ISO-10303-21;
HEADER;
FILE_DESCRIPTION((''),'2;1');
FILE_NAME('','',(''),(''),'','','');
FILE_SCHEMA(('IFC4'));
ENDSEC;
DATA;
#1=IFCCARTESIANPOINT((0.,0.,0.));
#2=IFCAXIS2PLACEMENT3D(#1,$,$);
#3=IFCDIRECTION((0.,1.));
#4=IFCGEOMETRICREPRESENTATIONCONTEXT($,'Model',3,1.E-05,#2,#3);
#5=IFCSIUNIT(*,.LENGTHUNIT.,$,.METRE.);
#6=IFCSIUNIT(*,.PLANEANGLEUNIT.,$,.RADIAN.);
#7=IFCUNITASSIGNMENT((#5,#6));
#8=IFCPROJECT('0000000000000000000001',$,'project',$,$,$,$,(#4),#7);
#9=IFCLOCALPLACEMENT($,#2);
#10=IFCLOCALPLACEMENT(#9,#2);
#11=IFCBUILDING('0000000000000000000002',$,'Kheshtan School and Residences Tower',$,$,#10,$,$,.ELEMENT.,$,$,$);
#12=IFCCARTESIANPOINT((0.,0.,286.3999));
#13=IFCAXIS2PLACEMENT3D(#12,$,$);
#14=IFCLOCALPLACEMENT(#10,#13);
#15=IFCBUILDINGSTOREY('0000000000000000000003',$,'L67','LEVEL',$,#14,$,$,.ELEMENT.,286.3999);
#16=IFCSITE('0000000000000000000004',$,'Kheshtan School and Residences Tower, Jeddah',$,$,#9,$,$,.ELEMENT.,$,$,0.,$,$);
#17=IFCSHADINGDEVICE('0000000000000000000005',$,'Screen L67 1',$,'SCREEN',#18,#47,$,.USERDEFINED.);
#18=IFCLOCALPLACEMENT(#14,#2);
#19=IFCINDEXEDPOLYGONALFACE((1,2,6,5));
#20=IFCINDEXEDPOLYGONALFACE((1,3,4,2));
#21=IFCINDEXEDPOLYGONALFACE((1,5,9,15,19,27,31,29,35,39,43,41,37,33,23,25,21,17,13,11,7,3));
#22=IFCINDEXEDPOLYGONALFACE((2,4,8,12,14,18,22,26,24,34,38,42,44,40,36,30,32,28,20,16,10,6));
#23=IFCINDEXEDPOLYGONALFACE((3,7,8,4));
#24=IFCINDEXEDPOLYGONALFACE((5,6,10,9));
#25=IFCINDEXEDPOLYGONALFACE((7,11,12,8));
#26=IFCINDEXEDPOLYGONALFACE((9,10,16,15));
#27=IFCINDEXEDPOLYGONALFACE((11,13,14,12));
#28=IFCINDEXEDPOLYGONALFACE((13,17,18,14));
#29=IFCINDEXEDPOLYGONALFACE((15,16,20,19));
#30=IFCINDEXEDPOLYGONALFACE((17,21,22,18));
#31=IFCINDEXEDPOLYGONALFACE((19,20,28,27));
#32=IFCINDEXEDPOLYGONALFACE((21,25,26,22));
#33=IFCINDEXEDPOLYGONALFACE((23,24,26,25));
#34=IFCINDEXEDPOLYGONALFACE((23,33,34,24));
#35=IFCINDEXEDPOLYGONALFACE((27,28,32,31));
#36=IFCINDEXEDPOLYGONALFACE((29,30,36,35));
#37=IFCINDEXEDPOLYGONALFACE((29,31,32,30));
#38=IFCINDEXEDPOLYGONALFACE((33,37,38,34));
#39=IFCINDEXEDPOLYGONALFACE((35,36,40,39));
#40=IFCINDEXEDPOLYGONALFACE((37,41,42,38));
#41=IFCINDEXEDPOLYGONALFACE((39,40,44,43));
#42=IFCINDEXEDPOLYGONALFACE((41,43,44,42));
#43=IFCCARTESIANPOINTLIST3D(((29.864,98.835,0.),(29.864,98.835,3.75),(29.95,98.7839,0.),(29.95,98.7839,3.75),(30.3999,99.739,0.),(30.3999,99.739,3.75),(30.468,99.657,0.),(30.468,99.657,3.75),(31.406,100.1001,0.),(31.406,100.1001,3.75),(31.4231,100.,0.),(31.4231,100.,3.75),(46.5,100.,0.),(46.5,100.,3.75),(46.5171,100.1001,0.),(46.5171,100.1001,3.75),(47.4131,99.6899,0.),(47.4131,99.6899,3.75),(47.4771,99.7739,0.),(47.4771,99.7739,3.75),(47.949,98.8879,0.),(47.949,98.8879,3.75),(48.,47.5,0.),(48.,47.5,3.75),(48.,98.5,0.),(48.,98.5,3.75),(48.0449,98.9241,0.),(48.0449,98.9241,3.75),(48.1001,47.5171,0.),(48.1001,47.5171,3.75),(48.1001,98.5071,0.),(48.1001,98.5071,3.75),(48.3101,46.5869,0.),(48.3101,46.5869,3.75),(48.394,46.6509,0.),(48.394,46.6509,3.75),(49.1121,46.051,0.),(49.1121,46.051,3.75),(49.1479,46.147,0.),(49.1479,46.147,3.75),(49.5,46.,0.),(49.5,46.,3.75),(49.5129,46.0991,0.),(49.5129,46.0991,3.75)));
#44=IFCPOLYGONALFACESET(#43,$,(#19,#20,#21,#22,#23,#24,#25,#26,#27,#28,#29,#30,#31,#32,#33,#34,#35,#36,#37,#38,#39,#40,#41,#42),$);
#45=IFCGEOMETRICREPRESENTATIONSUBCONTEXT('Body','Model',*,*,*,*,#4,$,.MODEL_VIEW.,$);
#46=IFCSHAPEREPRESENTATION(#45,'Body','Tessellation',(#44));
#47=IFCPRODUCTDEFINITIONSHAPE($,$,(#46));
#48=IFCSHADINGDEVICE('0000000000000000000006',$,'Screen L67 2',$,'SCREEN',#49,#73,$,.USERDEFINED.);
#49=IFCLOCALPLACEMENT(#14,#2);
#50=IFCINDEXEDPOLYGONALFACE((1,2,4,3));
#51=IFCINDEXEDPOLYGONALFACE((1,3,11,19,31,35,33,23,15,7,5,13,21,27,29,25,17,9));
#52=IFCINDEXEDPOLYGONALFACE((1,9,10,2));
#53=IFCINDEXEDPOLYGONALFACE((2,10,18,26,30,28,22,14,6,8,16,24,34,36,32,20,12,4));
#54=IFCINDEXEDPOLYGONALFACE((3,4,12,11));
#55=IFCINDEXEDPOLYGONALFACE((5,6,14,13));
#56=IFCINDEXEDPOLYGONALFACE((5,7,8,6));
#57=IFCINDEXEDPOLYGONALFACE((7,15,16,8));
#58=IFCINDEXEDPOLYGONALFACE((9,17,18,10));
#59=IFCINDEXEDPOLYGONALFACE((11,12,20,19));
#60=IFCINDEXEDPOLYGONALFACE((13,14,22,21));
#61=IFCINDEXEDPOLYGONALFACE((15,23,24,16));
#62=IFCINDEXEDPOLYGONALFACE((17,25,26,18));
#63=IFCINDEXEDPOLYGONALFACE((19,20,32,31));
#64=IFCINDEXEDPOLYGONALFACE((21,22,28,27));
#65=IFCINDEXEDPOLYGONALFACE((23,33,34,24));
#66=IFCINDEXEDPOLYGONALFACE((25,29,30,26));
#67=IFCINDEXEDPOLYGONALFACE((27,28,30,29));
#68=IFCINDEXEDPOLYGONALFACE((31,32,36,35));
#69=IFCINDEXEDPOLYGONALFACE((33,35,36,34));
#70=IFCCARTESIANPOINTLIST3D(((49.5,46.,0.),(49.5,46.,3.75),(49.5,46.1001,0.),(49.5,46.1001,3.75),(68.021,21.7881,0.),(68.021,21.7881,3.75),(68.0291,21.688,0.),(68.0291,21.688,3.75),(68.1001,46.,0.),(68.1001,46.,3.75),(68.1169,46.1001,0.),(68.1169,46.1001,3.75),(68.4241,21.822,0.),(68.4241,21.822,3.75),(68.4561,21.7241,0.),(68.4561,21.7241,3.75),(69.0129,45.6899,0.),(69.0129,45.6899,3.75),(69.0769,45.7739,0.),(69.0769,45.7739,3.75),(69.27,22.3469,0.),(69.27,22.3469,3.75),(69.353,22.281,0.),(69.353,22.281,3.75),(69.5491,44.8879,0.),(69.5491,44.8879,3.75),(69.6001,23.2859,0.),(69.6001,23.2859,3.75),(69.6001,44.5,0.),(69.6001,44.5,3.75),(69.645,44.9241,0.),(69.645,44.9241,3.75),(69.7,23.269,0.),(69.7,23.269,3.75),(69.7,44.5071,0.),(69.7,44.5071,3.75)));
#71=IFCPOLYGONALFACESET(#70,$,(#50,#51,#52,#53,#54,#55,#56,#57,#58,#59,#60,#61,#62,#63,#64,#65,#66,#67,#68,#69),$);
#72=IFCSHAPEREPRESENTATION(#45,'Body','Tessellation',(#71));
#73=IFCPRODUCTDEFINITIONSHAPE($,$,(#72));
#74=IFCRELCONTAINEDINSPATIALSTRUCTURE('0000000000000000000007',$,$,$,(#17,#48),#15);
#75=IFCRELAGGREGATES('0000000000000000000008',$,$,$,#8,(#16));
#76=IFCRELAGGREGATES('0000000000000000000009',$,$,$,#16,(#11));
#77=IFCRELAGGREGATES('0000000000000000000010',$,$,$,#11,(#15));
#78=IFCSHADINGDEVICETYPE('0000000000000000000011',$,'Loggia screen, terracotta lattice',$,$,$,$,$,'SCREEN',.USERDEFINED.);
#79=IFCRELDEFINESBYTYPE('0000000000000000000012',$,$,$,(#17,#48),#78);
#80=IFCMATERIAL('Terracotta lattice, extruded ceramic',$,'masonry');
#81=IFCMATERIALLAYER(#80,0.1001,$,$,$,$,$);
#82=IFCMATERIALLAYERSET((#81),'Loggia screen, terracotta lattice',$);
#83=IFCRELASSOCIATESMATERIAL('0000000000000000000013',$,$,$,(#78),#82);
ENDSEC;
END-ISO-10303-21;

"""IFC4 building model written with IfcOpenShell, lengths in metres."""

from ifc_helpers import new_model, si_unit, direction, frame, origin, place, context, subcontext, project, spatial, polyline, outline, extrude, material, layer, layer_set, type_object, element, save


model = new_model("IFC4")

# Units and contexts
model_context = context("Model", 3, precision=1e-05, world=origin(), true_north=direction((0.0, 1.0)))
body_context = subcontext(model_context, "Body", "Model", "MODEL_VIEW")
ifc_project = project(units=[si_unit("LENGTHUNIT", "METRE"), si_unit("PLANEANGLEUNIT", "RADIAN")], contexts=[model_context])

# Site, building, storey
site_placement = place(None, origin())
site = spatial("IfcSite", under=ifc_project, at=site_placement, Name="Kheshtan School and Residences Tower, Jeddah", CompositionType="ELEMENT", RefElevation=0.0)
building_placement = place(site_placement, origin())
building = spatial("IfcBuilding", under=site, at=building_placement, Name="Kheshtan School and Residences Tower", CompositionType="ELEMENT")
storey_placement = place(building_placement, frame((0.0, 0.0, 286.3999)))
storey = spatial("IfcBuildingStorey", under=building, at=storey_placement, Name="L67", Description="LEVEL", CompositionType="ELEMENT", Elevation=286.3999)

# Shading devices
ifc_material_1 = material(Name="Terracotta lattice, extruded ceramic", Category="masonry")
ifc_layer_1 = layer(ifc_material_1, 0.1001)
ifc_layer_set_1 = layer_set([ifc_layer_1], Name="Loggia screen, terracotta lattice")
shading_device_type_1 = type_object("IfcShadingDeviceType", Name="Loggia screen, terracotta lattice", ElementType="SCREEN", PredefinedType="USERDEFINED", material=ifc_layer_set_1)
shading_device_1_placement = place(storey_placement, origin())
element("IfcShadingDevice", 1, at=shading_device_1_placement, inside=storey, type_object=shading_device_type_1, Name="Screen L67 1", ObjectType="SCREEN", PredefinedType="USERDEFINED", context=body_context, shape_type="SweptSolid", body=[
    extrude(outline(polyline([(29.95, 98.7839), (30.468, 99.657), (31.4231, 100.0), (46.5, 100.0), (47.4131, 99.6899), (47.949, 98.8879), (48.0, 98.5), (48.0, 47.5), (48.3101, 46.5869), (49.1121, 46.051), (49.5, 46.0), (49.5129, 46.0991), (49.1479, 46.147), (48.394, 46.6509), (48.1001, 47.5171), (48.1001, 98.5071), (48.0449, 98.9241), (47.4771, 99.7739), (46.5171, 100.1001), (31.406, 100.1001), (30.3999, 99.739), (29.864, 98.835), (29.95, 98.7839)])), origin(), (0.0, 0.0, 1.0), 3.75),
])
shading_device_2_placement = place(storey_placement, origin())
element("IfcShadingDevice", 2, at=shading_device_2_placement, inside=storey, type_object=shading_device_type_1, Name="Screen L67 2", ObjectType="SCREEN", PredefinedType="USERDEFINED", context=body_context, shape_type="SweptSolid", body=[
    extrude(outline(polyline([(49.5, 46.0), (68.1001, 46.0), (69.0129, 45.6899), (69.5491, 44.8879), (69.6001, 44.5), (69.6001, 23.2859), (69.27, 22.3469), (68.4241, 21.822), (68.021, 21.7881), (68.0291, 21.688), (68.4561, 21.7241), (69.353, 22.281), (69.7, 23.269), (69.7, 44.5071), (69.645, 44.9241), (69.0769, 45.7739), (68.1169, 46.1001), (49.5, 46.1001), (49.5, 46.0)])), origin(), (0.0, 0.0, 1.0), 3.75),
])

save(model, "model.ifc")
